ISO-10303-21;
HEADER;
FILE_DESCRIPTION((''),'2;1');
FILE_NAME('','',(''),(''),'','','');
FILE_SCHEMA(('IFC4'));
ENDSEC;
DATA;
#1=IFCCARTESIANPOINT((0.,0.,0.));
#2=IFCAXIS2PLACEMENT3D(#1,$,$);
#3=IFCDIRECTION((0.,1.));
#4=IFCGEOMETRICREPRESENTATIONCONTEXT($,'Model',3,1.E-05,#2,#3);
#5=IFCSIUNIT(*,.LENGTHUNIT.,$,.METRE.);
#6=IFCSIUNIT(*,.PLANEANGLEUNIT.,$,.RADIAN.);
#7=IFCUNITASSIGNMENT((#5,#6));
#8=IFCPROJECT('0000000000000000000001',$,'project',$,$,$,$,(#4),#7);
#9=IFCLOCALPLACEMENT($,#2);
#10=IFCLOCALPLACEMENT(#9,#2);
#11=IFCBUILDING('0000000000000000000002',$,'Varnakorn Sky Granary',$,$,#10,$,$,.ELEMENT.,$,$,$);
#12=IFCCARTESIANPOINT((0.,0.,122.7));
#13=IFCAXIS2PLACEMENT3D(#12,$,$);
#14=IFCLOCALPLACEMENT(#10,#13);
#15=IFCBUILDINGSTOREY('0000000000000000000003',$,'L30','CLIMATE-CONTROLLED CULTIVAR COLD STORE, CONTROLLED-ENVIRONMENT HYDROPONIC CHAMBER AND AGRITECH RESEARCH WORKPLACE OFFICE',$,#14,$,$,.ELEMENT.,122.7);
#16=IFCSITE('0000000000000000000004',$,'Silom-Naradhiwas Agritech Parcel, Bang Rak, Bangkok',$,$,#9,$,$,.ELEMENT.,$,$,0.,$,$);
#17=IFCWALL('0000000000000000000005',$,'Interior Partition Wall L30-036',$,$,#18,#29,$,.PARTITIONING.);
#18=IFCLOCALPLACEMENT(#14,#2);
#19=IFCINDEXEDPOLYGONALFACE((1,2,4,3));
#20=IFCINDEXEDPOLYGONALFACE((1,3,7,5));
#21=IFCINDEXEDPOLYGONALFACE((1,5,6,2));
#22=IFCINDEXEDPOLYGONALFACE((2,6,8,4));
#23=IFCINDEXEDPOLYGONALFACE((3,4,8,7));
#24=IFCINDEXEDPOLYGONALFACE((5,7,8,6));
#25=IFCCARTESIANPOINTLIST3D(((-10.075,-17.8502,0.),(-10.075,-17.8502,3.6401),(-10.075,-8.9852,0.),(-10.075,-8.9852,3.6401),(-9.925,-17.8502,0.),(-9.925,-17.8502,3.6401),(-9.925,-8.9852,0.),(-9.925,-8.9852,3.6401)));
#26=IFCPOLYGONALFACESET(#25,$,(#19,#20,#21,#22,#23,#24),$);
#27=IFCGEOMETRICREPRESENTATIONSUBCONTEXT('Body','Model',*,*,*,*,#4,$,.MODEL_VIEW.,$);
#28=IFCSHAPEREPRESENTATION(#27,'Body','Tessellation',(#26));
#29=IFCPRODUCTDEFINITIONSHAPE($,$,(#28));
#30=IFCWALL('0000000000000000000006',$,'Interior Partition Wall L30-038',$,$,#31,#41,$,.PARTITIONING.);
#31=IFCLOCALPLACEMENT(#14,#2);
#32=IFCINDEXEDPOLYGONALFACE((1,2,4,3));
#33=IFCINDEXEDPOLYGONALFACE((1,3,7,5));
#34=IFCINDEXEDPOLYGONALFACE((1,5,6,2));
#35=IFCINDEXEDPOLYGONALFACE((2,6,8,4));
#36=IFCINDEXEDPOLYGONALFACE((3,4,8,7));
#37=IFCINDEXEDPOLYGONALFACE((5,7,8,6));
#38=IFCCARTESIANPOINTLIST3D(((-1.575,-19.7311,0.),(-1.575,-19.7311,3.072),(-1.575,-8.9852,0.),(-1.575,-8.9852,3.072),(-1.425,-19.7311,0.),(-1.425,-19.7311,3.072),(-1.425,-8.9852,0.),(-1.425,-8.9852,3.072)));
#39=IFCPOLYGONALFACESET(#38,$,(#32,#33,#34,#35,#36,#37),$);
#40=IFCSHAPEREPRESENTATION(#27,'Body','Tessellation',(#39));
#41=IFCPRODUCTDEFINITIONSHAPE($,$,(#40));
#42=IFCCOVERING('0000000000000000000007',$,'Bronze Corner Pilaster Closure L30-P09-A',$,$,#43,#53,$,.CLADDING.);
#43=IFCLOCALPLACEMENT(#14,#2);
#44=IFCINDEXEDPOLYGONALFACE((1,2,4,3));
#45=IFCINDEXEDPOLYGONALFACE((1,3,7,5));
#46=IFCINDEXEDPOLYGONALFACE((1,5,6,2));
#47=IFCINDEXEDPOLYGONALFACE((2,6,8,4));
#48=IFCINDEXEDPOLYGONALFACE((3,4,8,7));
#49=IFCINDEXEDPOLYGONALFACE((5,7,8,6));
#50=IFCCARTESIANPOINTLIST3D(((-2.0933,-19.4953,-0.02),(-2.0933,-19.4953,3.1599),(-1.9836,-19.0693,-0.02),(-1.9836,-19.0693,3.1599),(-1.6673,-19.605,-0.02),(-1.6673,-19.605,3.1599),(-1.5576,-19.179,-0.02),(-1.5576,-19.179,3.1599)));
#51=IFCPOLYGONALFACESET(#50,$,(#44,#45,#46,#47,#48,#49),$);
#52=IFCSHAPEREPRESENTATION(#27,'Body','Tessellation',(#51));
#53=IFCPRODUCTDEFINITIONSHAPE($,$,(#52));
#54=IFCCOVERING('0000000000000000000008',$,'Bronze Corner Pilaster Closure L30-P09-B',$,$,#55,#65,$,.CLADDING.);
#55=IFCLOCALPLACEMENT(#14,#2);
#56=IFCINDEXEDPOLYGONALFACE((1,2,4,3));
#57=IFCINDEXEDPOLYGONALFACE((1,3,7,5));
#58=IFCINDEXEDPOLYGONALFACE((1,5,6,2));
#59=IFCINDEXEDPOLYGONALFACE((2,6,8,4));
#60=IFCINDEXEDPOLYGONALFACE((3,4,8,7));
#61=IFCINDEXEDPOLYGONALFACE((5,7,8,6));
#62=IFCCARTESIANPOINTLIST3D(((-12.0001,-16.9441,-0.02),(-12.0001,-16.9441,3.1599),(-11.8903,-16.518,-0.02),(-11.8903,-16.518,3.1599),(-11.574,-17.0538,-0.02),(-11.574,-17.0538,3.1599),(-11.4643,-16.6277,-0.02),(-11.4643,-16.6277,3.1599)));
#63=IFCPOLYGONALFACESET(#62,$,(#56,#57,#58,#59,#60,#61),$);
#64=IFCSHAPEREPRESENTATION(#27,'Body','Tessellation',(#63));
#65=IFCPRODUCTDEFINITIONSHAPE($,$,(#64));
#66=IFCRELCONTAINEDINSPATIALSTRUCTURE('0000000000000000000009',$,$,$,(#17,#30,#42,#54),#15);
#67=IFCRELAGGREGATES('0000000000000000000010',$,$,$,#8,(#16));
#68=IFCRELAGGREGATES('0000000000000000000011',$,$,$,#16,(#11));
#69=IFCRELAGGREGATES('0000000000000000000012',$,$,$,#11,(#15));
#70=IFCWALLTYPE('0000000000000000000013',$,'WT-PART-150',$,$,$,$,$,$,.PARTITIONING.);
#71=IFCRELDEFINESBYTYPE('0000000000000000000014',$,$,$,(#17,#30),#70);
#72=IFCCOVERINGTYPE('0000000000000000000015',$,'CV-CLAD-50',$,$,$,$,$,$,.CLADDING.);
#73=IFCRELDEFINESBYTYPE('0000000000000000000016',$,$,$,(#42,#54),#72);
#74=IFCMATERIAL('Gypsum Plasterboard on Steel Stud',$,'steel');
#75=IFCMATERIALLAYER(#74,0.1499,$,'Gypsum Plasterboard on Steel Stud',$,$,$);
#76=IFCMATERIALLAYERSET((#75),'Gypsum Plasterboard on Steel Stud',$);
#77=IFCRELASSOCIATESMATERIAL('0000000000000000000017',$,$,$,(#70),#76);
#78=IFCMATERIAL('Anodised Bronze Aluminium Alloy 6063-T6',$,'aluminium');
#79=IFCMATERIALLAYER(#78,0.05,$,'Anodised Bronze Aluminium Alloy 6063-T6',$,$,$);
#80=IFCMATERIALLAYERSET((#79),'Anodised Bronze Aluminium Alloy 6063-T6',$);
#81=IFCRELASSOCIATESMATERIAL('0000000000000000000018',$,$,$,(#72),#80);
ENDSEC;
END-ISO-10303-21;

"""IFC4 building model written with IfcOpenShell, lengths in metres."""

from ifc_helpers import new_model, si_unit, direction, frame, frame_2d, origin, origin_2d, place, context, subcontext, project, spatial, rectangle, extrude, source, transform, mapped, material, layer, layer_set, type_object, type_shapes, element, save


model = new_model("IFC4")

# Units and contexts
model_context = context("Model", 3, precision=1e-05, world=origin(), true_north=direction((0.0, 1.0)))
body_context = subcontext(model_context, "Body", "Model", "MODEL_VIEW")
ifc_project = project(units=[si_unit("LENGTHUNIT", "METRE"), si_unit("PLANEANGLEUNIT", "RADIAN")], contexts=[model_context])

# Site, building, storey
site_placement = place(None, origin())
site = spatial("IfcSite", under=ifc_project, at=site_placement, Name="Silom-Naradhiwas Agritech Parcel, Bang Rak, Bangkok", CompositionType="ELEMENT", RefElevation=0.0)
building_placement = place(site_placement, origin())
building = spatial("IfcBuilding", under=site, at=building_placement, Name="Varnakorn Sky Granary", CompositionType="ELEMENT")
storey_placement = place(building_placement, frame((0.0, 0.0, 122.7)))
storey = spatial("IfcBuildingStorey", under=building, at=storey_placement, Name="L30", Description="CLIMATE-CONTROLLED CULTIVAR COLD STORE, CONTROLLED-ENVIRONMENT HYDROPONIC CHAMBER AND AGRITECH RESEARCH WORKPLACE OFFICE", CompositionType="ELEMENT", Elevation=122.7)

# Shared definitions
ifc_material_1 = material(Name="Anodised Bronze Aluminium Alloy 6063-T6", Category="aluminium")

# Shared definitions
ifc_material_2 = material(Name="Gypsum Plasterboard on Steel Stud", Category="steel")
ifc_layer_1 = layer(ifc_material_2, 0.1499, Name="Gypsum Plasterboard on Steel Stud")
ifc_layer_set_1 = layer_set([ifc_layer_1], Name="Gypsum Plasterboard on Steel Stud")
wall_type_1 = type_object("IfcWallType", Name="WT-PART-150", PredefinedType="PARTITIONING", material=ifc_layer_set_1)

# Walls
wall_1_placement = place(storey_placement, frame((-10.0, -8.9851, 0.0), z_axis=(0.0, 0.0, 1.0), x_axis=(0.0, -1.0, 0.0)))
element("IfcWall", 1, at=wall_1_placement, inside=storey, type_object=wall_type_1, Name="Interior Partition Wall L30-036", PredefinedType="PARTITIONING", context=body_context, shape_type="SweptSolid", body=[
    extrude(rectangle(XDim=8.865, YDim=0.1499, at=frame_2d((4.4326, 0.0))), origin(), (0.0, 0.0, 1.0), 3.6401),
])
wall_2_placement = place(storey_placement, frame((-1.5, -8.9851, 0.0), z_axis=(0.0, 0.0, 1.0), x_axis=(0.0, -1.0, 0.0)))
element("IfcWall", 2, at=wall_2_placement, inside=storey, type_object=wall_type_1, Name="Interior Partition Wall L30-038", PredefinedType="PARTITIONING", context=body_context, shape_type="SweptSolid", body=[
    extrude(rectangle(XDim=10.7458, YDim=0.1499, at=frame_2d((5.373, 0.0))), origin(), (0.0, 0.0, 1.0), 3.072),
])

# Coverings
ifc_layer_2 = layer(ifc_material_1, 0.05, Name="Anodised Bronze Aluminium Alloy 6063-T6")
ifc_layer_set_2 = layer_set([ifc_layer_2], Name="Anodised Bronze Aluminium Alloy 6063-T6")
covering_type = type_object("IfcCoveringType", Name="CV-CLAD-50", PredefinedType="CLADDING", material=ifc_layer_set_2)
shared_shape_1 = source(origin(), body_context, "Body", "SweptSolid", [
    extrude(rectangle(XDim=0.4399, YDim=0.4399, at=origin_2d()), origin(), (0.0, 0.0, 1.0), 3.1799),
])
type_shapes(covering_type, [shared_shape_1])
for number, where, z_axis, x_axis, name in (
    (3, (-1.8254, -19.3372, -0.02), (0.0, 0.0, 1.0), (-0.968409, 0.249366, 0.0), "Bronze Corner Pilaster Closure L30-P09-A"),
    (4, (-11.7322, -16.7859, -0.02), (0.0, 0.0, 1.0), (-0.968409, 0.249366, 0.0), "Bronze Corner Pilaster Closure L30-P09-B"),
):
    element("IfcCovering", number, at=place(storey_placement, frame(where, z_axis=z_axis, x_axis=x_axis)), inside=storey, type_object=covering_type, Name=name, PredefinedType="CLADDING", context=body_context, shape_type="MappedRepresentation", body=[
        mapped(shared_shape_1, transform((0.0, 0.0, 0.0), x_axis=(1.0, 0.0, 0.0), y_axis=(0.0, 1.0, 0.0), z_axis=(0.0, 0.0, 1.0), scale=1.0)),
    ])

save(model, "model.ifc")
